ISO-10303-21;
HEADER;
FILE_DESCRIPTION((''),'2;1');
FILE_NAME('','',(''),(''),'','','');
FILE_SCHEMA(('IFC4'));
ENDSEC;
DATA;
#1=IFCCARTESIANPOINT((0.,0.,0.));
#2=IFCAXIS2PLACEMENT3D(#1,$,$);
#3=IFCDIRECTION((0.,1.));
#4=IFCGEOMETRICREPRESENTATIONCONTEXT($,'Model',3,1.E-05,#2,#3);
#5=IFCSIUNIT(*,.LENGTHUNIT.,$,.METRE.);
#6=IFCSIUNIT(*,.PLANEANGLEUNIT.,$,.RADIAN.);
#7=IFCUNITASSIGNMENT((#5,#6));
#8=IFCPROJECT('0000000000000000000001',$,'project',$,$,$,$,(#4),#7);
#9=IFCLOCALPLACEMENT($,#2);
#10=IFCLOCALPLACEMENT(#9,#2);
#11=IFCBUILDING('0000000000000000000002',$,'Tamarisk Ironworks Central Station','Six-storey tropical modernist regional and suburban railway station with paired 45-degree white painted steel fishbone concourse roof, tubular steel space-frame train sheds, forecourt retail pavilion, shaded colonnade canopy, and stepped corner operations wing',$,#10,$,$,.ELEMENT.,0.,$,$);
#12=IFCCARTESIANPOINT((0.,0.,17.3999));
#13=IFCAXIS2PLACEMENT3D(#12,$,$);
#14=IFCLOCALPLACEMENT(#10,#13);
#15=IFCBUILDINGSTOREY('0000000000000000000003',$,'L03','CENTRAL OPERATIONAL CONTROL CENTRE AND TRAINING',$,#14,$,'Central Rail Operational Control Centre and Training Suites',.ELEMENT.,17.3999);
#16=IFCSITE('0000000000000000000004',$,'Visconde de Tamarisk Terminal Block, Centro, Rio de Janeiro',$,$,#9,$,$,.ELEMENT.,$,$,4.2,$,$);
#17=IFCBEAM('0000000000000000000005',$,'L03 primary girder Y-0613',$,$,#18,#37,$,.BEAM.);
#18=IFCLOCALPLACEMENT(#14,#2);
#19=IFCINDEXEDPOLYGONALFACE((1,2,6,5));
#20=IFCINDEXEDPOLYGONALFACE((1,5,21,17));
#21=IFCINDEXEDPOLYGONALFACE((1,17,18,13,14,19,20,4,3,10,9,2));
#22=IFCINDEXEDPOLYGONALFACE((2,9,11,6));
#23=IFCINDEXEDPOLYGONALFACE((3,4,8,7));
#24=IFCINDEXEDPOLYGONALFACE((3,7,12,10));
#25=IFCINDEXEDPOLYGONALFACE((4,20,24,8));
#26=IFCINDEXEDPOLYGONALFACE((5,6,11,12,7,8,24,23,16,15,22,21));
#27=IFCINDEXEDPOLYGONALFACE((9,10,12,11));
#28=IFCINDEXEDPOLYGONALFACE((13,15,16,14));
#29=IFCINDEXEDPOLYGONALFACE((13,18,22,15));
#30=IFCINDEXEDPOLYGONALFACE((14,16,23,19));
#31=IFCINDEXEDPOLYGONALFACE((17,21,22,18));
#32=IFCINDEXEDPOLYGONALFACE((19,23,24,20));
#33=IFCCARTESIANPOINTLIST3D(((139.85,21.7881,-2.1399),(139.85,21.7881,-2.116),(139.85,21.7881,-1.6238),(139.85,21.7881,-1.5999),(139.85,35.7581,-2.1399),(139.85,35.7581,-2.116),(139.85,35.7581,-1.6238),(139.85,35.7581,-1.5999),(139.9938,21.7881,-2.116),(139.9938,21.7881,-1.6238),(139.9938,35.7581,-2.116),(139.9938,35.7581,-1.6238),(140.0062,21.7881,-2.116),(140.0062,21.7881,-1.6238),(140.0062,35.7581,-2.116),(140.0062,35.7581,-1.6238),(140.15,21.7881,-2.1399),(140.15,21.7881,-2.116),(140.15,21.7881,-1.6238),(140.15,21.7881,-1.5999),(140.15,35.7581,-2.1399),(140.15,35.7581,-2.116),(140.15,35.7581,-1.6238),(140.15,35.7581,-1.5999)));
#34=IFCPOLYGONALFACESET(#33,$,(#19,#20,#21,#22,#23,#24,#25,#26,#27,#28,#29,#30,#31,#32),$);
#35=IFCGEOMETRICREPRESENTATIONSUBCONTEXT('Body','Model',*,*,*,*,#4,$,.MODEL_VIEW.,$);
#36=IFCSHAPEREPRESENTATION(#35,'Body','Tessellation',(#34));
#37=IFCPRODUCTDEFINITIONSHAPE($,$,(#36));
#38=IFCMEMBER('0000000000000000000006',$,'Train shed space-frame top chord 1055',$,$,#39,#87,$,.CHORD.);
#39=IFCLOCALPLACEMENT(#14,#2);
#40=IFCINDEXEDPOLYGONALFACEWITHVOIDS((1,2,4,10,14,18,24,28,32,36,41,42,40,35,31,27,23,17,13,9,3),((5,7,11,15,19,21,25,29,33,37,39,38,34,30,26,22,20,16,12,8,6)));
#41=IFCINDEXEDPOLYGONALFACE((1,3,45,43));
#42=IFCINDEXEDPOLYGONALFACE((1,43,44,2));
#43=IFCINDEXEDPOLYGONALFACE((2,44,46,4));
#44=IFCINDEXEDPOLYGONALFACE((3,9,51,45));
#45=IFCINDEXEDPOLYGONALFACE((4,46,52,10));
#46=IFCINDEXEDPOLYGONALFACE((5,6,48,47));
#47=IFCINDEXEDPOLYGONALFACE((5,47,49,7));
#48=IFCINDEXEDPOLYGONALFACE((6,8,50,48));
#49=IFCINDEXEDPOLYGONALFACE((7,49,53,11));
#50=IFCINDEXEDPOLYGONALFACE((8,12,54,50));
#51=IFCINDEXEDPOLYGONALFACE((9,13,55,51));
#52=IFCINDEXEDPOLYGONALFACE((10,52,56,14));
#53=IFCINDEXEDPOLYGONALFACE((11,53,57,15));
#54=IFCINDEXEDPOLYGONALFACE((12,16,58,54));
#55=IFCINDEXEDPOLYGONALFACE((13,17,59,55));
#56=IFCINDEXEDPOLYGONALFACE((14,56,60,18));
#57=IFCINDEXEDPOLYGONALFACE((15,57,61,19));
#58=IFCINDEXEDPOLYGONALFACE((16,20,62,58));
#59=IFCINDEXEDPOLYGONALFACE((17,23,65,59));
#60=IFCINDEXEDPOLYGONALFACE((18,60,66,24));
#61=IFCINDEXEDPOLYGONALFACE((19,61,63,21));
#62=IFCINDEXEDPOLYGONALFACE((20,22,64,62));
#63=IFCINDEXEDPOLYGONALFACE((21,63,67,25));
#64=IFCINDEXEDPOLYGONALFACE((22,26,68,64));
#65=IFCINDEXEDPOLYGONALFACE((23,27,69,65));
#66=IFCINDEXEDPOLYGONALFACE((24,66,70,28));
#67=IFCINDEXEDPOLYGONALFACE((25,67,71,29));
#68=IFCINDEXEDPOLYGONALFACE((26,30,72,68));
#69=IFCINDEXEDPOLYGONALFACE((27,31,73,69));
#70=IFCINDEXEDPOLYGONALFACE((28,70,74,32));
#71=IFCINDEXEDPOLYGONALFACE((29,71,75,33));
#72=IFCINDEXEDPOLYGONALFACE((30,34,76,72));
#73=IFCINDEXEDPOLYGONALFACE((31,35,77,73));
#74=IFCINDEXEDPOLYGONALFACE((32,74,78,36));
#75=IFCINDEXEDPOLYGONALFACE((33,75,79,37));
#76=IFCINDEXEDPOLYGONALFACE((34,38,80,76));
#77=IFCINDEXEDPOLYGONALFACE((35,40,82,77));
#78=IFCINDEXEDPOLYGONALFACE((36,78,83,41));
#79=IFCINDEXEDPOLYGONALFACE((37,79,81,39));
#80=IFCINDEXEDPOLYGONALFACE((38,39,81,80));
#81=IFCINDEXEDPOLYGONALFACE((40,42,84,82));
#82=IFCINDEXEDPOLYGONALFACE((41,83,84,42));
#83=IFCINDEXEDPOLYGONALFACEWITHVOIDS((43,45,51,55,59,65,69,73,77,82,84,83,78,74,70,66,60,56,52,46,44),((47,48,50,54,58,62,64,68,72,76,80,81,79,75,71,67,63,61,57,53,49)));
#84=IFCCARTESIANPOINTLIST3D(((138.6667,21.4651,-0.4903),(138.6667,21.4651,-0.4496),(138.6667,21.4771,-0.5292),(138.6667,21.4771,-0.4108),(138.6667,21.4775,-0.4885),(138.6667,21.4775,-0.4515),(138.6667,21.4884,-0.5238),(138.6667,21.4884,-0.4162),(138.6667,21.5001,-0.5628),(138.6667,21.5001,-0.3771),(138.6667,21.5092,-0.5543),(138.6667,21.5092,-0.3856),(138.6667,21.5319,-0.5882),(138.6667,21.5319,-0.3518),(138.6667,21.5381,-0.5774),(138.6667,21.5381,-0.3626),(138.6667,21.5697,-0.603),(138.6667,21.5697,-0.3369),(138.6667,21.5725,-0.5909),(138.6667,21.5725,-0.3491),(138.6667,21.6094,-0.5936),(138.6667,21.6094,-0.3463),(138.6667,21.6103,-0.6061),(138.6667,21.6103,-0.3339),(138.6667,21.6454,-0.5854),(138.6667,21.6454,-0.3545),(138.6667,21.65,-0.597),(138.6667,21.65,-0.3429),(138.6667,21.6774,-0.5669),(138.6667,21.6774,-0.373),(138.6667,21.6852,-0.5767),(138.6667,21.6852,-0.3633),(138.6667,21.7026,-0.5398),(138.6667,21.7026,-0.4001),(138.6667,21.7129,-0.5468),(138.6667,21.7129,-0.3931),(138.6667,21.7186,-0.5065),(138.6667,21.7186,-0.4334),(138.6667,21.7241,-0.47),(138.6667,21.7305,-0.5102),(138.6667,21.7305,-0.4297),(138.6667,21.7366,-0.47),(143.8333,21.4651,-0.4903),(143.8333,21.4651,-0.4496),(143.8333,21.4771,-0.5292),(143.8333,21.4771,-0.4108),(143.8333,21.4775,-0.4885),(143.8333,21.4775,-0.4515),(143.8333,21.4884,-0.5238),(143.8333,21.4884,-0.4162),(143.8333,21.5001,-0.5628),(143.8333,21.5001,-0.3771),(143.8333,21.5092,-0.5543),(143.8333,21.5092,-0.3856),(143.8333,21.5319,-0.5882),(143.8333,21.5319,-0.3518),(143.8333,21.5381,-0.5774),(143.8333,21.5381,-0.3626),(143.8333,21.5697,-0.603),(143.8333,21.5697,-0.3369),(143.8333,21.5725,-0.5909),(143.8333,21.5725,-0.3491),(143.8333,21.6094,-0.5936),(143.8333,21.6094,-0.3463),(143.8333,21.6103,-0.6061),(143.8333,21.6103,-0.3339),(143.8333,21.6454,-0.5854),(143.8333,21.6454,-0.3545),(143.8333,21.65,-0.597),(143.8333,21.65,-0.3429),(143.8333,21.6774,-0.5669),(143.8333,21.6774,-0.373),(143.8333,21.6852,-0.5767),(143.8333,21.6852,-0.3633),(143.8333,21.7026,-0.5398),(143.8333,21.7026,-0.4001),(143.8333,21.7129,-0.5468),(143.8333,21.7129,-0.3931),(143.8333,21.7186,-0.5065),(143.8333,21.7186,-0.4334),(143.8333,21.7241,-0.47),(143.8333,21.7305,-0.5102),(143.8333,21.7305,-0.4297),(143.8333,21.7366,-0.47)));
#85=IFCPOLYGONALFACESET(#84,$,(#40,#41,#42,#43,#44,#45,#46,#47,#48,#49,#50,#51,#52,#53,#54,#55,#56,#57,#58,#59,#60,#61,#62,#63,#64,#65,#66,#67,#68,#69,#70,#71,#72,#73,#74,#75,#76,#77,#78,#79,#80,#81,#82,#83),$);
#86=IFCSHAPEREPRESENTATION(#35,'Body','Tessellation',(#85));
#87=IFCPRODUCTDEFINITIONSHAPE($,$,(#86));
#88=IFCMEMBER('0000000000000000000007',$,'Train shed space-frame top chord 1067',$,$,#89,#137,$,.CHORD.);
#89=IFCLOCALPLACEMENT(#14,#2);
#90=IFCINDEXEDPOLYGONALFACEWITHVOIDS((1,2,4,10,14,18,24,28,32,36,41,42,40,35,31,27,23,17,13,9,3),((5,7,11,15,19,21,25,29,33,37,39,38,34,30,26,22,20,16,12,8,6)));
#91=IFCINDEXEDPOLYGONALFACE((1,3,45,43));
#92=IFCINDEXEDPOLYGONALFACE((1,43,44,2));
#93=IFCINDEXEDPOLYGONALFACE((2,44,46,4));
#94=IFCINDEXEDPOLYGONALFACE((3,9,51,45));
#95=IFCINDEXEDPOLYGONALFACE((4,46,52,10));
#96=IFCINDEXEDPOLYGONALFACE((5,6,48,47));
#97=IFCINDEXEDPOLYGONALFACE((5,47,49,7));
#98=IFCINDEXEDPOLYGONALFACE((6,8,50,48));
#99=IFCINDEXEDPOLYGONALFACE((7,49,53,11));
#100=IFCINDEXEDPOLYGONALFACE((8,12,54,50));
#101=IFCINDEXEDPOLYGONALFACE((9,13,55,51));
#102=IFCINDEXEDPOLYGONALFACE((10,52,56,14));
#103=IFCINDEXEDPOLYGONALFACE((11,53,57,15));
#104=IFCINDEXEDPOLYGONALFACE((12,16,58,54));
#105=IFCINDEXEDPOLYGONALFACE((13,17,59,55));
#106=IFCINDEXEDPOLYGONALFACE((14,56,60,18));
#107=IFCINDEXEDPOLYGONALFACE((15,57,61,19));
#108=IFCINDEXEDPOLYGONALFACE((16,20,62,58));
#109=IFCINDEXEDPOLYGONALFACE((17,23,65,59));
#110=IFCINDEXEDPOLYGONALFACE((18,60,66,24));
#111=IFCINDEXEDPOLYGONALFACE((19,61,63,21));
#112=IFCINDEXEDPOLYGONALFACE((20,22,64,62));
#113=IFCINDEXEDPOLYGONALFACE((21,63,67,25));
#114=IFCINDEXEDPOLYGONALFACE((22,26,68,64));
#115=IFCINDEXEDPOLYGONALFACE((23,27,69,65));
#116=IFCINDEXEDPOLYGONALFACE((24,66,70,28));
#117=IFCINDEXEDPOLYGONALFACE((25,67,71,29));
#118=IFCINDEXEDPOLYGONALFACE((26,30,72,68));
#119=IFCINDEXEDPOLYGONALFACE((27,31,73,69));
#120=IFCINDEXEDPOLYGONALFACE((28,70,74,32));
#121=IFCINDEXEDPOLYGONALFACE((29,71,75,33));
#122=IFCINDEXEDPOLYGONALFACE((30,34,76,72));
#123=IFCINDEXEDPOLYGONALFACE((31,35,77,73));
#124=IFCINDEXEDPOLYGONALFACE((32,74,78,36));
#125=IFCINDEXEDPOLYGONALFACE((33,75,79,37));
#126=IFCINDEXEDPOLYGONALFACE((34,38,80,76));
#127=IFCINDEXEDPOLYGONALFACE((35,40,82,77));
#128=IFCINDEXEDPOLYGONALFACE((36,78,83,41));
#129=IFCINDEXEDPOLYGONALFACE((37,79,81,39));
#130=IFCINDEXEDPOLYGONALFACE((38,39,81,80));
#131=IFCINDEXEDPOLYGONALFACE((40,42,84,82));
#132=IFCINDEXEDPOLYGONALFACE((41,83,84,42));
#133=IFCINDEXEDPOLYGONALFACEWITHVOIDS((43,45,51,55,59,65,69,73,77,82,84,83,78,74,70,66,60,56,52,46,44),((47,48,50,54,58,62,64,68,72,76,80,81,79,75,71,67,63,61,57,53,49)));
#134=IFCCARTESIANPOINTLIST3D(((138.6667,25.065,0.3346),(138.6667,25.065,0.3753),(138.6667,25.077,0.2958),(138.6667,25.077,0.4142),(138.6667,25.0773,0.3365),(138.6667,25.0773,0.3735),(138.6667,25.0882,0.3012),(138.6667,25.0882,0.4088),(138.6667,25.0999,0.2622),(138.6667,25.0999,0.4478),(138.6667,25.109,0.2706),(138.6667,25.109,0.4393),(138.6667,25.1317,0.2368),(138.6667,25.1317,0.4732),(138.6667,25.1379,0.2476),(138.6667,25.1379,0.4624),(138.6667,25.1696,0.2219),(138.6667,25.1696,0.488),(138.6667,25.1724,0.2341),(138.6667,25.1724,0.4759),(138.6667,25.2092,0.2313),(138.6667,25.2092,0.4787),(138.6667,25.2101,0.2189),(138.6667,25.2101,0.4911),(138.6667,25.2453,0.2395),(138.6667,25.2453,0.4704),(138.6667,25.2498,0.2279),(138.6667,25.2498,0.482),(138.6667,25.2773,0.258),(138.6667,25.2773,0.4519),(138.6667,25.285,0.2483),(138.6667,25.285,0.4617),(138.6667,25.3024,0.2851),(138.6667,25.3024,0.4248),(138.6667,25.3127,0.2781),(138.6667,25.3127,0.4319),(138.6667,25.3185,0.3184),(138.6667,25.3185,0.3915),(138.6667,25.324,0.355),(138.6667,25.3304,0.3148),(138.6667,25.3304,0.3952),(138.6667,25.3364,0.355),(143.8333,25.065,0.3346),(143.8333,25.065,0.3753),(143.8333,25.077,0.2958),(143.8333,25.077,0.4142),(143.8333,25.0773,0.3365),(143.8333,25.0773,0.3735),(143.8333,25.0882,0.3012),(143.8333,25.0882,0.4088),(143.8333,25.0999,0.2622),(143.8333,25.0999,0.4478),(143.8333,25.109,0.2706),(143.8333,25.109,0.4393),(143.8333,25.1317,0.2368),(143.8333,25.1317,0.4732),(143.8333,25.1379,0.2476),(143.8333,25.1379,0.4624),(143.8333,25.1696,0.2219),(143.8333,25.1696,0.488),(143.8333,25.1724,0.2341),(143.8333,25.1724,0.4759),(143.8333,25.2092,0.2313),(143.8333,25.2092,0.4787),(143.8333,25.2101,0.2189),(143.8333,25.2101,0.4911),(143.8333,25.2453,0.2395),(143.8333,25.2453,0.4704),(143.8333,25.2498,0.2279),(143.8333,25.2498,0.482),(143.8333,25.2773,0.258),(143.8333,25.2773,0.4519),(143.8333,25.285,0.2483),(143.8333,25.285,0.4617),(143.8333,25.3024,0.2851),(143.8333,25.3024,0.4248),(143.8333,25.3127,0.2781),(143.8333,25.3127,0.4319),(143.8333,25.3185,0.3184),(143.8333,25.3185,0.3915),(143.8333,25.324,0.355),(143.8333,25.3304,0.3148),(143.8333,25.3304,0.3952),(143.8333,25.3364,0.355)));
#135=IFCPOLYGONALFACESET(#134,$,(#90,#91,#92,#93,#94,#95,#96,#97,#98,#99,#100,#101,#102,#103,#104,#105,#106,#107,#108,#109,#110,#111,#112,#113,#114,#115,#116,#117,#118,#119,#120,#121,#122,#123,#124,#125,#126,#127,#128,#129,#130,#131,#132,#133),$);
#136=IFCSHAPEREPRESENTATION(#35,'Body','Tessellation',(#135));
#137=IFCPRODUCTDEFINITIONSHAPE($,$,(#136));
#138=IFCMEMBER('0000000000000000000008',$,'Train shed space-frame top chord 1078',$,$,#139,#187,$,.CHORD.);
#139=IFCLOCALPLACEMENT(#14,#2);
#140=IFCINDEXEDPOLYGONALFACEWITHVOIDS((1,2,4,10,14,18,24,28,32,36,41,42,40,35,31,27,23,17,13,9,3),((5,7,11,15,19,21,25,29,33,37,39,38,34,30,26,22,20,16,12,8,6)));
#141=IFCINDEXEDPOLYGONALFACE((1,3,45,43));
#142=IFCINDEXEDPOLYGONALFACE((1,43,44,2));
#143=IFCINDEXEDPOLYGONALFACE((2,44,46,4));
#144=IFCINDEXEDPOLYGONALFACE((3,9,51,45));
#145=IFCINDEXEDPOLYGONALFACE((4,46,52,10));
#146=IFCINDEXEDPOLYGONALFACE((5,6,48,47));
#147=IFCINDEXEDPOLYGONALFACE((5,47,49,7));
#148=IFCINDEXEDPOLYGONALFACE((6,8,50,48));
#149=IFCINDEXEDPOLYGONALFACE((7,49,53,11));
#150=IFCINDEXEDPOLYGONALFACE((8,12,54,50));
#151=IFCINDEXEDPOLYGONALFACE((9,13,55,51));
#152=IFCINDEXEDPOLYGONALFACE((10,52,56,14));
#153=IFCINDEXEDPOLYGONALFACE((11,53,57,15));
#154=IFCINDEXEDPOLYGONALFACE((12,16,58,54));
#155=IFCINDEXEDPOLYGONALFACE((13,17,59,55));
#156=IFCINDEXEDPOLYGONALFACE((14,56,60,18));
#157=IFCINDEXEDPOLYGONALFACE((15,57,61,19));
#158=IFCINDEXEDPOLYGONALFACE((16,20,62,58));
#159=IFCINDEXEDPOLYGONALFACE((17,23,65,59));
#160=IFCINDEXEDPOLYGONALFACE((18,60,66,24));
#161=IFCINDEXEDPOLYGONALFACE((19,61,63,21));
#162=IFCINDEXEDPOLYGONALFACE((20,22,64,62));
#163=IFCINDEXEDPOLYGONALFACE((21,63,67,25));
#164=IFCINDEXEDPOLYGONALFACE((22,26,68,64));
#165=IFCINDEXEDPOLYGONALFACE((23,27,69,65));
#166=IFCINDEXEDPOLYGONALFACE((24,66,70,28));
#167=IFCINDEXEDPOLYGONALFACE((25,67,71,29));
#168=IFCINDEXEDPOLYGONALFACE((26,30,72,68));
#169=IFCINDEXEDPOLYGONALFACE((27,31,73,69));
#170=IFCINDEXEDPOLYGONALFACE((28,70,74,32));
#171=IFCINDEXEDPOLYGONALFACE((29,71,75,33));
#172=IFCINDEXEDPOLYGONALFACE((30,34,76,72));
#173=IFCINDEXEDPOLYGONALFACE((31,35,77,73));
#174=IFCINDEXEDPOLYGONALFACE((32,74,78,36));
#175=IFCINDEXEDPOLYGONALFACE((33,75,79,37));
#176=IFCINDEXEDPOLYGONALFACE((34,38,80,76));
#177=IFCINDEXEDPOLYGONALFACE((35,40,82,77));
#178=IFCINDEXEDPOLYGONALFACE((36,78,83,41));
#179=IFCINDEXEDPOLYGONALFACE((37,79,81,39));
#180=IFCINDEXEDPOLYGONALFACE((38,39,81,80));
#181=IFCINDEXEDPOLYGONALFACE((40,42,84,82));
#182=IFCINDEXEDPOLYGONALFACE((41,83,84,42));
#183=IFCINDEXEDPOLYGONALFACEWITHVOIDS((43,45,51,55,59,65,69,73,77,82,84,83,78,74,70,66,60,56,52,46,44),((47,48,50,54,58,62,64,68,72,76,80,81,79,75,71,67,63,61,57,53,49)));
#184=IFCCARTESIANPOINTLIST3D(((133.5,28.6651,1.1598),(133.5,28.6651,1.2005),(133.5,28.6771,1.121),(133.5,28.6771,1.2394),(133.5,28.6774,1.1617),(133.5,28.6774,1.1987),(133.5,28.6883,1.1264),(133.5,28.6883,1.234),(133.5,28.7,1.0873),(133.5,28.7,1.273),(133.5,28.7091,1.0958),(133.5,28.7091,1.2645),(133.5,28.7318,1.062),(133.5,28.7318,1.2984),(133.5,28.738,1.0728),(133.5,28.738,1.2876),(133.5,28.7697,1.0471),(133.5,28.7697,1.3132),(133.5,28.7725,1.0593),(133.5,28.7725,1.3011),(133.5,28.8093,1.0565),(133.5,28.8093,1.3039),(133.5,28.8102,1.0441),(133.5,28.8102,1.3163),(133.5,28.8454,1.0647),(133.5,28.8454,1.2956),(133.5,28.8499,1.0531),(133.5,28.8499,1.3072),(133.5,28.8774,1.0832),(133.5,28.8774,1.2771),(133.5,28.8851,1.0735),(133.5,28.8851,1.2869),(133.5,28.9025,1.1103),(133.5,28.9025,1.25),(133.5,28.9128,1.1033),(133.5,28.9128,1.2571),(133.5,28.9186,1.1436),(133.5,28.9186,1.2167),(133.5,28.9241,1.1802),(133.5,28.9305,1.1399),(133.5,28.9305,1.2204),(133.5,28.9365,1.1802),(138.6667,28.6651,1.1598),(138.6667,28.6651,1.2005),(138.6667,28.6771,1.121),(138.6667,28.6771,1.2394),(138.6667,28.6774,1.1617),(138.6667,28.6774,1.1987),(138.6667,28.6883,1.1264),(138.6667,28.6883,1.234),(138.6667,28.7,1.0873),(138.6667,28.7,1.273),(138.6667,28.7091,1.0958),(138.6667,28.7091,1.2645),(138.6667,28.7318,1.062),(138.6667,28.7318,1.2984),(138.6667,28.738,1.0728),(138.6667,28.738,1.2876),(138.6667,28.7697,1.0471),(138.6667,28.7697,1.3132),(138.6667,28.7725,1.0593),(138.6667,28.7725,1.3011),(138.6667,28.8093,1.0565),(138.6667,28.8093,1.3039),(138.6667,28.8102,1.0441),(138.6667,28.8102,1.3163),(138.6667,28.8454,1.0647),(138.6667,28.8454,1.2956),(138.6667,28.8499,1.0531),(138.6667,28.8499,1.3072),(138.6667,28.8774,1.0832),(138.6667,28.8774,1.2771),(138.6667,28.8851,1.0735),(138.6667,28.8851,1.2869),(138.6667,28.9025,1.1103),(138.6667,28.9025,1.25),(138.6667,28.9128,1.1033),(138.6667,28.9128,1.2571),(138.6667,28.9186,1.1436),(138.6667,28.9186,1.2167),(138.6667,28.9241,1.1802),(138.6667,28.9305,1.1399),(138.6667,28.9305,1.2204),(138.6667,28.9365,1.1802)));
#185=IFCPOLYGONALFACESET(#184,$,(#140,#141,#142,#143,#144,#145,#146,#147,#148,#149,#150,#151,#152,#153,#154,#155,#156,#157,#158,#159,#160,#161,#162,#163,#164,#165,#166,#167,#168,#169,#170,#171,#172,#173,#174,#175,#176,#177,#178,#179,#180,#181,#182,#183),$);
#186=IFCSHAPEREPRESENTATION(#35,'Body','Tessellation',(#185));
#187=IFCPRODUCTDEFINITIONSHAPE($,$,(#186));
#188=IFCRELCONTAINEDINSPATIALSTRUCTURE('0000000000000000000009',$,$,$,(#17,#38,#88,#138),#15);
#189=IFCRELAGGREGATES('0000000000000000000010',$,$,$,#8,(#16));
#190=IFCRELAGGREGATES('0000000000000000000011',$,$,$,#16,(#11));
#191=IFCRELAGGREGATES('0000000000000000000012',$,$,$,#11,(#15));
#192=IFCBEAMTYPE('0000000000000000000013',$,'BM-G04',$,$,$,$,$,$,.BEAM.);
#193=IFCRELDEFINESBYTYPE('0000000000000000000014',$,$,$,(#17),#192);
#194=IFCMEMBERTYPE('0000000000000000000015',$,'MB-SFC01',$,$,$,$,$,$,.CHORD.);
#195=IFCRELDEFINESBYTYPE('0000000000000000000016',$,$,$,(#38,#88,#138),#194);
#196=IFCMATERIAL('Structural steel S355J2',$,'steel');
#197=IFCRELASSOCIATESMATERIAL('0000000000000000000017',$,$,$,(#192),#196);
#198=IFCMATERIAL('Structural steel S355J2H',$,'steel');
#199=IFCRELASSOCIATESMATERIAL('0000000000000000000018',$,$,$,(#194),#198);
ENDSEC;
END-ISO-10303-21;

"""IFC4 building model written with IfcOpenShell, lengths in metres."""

from ifc_helpers import new_model, si_unit, direction, frame, origin, origin_2d, place, context, subcontext, project, spatial, hollow_circle, i_section, extrude, material, material_profile, profile_set, type_object, element, save


model = new_model("IFC4")

# Units and contexts
model_context = context("Model", 3, precision=1e-05, world=origin(), true_north=direction((0.0, 1.0)))
body_context = subcontext(model_context, "Body", "Model", "MODEL_VIEW")
ifc_project = project(units=[si_unit("LENGTHUNIT", "METRE"), si_unit("PLANEANGLEUNIT", "RADIAN")], contexts=[model_context])

# Site, building, storey
site_placement = place(None, origin())
site = spatial("IfcSite", under=ifc_project, at=site_placement, Name="Visconde de Tamarisk Terminal Block, Centro, Rio de Janeiro", CompositionType="ELEMENT", RefElevation=4.2)
building_placement = place(site_placement, origin())
building = spatial("IfcBuilding", under=site, at=building_placement, Name="Tamarisk Ironworks Central Station", Description="Six-storey tropical modernist regional and suburban railway station with paired 45-degree white painted steel fishbone concourse roof, tubular steel space-frame train sheds, forecourt retail pavilion, shaded colonnade canopy, and stepped corner operations wing", CompositionType="ELEMENT", ElevationOfRefHeight=0.0)
storey_placement = place(building_placement, frame((0.0, 0.0, 17.3999)))
storey = spatial("IfcBuildingStorey", under=building, at=storey_placement, Name="L03", Description="CENTRAL OPERATIONAL CONTROL CENTRE AND TRAINING", LongName="Central Rail Operational Control Centre and Training Suites", CompositionType="ELEMENT", Elevation=17.3999)

# Beam
ifc_material_1 = material(Name="Structural steel S355J2", Category="steel")
ifc_material_profile_1 = material_profile(ifc_material_1, i_section(OverallWidth=0.3, OverallDepth=0.54, WebThickness=0.0125, FlangeThickness=0.0239, at=origin_2d()), Name="HEA 550")
ifc_profile_set_1 = profile_set([ifc_material_profile_1], Name="Structural steel S355J2")
beam_type = type_object("IfcBeamType", Name="BM-G04", PredefinedType="BEAM", material=ifc_profile_set_1)
beam_placement = place(storey_placement, frame((140.0, 21.7881, -1.8699), z_axis=(0.0, 1.0, 0.0), x_axis=(-1.0, 0.0, 0.0)))
element("IfcBeam", 1, at=beam_placement, inside=storey, type_object=beam_type, Name="L03 primary girder Y-0613", PredefinedType="BEAM", context=body_context, shape_type="SweptSolid", body=[
    extrude(i_section(OverallWidth=0.3, OverallDepth=0.54, WebThickness=0.0125, FlangeThickness=0.0239, at=origin_2d()), origin(), (0.0, 0.0, 1.0), 13.97),
])

# Members
ifc_material_2 = material(Name="Structural steel S355J2H", Category="steel")
ifc_material_profile_2 = material_profile(ifc_material_2, hollow_circle(Radius=0.1365, WallThickness=0.0125, at=origin_2d()), Name="CHS 273x12.5")
ifc_profile_set_2 = profile_set([ifc_material_profile_2], Name="Structural steel S355J2H")
member_type_1 = type_object("IfcMemberType", Name="MB-SFC01", PredefinedType="CHORD", material=ifc_profile_set_2)
for number, where, z_axis, x_axis, name in (
    (2, (138.6667, 21.6001, -0.47), (1.0, 0.0, 0.0), (0.0, 1.0, 0.0), "Train shed space-frame top chord 1055"),
    (3, (138.6667, 25.2, 0.355), (1.0, 0.0, 0.0), (0.0, 1.0, 0.0), "Train shed space-frame top chord 1067"),
):
    element("IfcMember", number, at=place(storey_placement, frame(where, z_axis=z_axis, x_axis=x_axis)), inside=storey, type_object=member_type_1, Name=name, PredefinedType="CHORD", context=body_context, shape_type="SweptSolid", body=[
        extrude(hollow_circle(Radius=0.1365, WallThickness=0.0125, at=origin_2d()), origin(), (0.0, 0.0, 1.0), 5.1665),
    ])
member_1_placement = place(storey_placement, frame((133.5, 28.8, 1.1802), z_axis=(1.0, 0.0, 0.0), x_axis=(0.0, 1.0, 0.0)))
element("IfcMember", 4, at=member_1_placement, inside=storey, type_object=member_type_1, Name="Train shed space-frame top chord 1078", PredefinedType="CHORD", context=body_context, shape_type="SweptSolid", body=[
    extrude(hollow_circle(Radius=0.1365, WallThickness=0.0125, at=origin_2d()), origin(), (0.0, 0.0, 1.0), 5.1667),
])

save(model, "model.ifc")
